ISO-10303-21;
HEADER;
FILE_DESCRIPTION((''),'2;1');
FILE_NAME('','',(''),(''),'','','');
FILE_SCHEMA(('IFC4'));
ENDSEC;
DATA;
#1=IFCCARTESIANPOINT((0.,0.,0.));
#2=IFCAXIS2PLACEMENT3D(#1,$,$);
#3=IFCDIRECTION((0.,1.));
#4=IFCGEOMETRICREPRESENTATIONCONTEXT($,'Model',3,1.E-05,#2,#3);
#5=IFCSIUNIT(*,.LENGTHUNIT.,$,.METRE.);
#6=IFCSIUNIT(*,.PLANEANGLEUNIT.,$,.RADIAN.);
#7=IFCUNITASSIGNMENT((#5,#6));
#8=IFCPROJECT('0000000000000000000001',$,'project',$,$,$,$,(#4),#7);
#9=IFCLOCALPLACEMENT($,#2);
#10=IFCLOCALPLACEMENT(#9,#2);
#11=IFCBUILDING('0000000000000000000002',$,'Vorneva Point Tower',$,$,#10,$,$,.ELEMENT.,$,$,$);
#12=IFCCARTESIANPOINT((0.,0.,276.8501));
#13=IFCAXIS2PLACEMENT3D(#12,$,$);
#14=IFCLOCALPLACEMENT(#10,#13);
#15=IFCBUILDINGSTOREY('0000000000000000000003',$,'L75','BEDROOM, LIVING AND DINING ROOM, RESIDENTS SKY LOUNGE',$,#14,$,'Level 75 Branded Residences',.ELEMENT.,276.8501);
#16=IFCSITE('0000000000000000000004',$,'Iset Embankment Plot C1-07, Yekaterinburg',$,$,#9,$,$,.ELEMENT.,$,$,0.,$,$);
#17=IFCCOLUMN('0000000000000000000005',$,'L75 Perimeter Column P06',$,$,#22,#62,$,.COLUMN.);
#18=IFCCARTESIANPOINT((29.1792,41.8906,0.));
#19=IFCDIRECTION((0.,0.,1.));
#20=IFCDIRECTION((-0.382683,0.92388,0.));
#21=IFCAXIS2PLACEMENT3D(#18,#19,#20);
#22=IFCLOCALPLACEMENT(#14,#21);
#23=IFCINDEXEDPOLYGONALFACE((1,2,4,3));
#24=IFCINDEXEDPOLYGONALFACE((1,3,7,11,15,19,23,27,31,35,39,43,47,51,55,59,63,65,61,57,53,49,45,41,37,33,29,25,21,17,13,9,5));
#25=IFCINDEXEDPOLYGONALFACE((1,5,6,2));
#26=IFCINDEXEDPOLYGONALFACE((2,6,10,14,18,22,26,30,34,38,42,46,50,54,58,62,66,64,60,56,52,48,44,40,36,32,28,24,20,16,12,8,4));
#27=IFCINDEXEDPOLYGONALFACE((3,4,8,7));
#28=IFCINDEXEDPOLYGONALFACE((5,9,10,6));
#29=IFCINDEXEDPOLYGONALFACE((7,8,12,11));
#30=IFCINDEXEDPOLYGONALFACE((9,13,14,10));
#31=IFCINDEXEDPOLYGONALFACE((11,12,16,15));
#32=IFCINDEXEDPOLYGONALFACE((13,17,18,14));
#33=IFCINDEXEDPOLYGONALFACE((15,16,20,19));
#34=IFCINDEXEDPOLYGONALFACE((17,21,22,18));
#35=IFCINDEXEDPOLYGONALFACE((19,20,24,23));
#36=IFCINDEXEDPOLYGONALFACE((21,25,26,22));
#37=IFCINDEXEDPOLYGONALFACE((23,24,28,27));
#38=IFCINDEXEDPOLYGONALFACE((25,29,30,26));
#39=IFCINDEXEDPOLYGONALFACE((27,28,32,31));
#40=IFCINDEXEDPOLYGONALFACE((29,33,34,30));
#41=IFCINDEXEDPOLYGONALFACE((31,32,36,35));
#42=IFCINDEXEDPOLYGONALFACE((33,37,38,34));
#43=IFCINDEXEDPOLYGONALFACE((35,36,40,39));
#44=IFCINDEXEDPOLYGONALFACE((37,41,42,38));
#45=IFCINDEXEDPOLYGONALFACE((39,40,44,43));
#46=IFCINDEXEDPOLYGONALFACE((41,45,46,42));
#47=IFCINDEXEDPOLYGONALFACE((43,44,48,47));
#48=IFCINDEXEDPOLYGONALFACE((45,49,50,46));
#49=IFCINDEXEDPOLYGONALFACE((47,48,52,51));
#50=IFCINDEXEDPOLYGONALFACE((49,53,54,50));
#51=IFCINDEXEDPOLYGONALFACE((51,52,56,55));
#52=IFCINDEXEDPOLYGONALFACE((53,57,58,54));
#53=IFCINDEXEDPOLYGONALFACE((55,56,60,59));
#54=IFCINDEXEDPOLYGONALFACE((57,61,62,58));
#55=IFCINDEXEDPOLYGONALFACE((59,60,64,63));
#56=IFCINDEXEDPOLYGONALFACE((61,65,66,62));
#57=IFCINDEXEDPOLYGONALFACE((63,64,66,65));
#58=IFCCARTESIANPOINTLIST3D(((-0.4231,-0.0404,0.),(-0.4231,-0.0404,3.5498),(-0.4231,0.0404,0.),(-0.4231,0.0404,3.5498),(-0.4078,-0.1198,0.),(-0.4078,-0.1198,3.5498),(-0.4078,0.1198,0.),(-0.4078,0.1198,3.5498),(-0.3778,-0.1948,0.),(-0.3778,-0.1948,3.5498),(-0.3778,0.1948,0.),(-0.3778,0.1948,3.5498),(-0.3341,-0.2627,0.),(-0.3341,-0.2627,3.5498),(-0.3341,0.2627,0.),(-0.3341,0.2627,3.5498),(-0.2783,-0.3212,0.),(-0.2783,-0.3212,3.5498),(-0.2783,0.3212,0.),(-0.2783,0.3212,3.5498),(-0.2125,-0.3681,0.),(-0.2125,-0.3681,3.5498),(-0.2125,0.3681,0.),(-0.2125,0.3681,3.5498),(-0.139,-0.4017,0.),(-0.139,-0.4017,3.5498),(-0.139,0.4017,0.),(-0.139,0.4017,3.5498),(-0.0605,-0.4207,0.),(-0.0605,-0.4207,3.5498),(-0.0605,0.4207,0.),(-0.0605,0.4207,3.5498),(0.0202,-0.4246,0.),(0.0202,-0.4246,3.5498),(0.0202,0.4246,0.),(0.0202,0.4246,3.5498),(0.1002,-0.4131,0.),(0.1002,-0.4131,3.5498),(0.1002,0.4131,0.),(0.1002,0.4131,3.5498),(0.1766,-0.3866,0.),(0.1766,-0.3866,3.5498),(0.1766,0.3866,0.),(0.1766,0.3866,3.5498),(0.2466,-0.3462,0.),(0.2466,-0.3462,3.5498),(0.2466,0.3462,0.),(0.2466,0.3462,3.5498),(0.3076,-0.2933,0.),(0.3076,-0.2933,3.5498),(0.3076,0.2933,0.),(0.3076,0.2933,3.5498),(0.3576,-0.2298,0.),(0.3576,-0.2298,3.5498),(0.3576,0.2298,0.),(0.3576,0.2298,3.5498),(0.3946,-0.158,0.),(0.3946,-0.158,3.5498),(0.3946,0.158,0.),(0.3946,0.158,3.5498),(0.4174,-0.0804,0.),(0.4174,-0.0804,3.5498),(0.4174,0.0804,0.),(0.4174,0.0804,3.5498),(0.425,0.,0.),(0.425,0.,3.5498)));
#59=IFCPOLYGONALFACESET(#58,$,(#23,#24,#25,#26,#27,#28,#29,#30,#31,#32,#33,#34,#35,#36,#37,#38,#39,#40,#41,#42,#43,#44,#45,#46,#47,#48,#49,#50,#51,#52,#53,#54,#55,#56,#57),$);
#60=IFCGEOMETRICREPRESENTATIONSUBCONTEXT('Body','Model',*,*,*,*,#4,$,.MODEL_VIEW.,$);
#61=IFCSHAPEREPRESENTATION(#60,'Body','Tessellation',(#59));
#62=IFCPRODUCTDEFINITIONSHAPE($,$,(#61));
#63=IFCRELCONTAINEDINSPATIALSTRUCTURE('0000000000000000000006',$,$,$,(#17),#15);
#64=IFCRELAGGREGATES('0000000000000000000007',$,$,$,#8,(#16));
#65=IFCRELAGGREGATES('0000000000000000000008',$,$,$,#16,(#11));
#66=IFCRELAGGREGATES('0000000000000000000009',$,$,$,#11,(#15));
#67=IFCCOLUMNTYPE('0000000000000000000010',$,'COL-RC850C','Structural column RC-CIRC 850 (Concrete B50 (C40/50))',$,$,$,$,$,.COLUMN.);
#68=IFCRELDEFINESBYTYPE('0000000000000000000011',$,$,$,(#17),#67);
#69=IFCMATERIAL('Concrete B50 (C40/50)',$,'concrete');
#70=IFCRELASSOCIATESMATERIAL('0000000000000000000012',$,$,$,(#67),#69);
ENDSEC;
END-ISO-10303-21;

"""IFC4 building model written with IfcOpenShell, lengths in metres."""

from ifc_helpers import new_model, si_unit, direction, frame, origin, origin_2d, place, context, subcontext, project, spatial, circle, extrude, material, material_profile, profile_set, type_object, element, save


model = new_model("IFC4")

# Units and contexts
model_context = context("Model", 3, precision=1e-05, world=origin(), true_north=direction((0.0, 1.0)))
body_context = subcontext(model_context, "Body", "Model", "MODEL_VIEW")
ifc_project = project(units=[si_unit("LENGTHUNIT", "METRE"), si_unit("PLANEANGLEUNIT", "RADIAN")], contexts=[model_context])

# Site, building, storey
site_placement = place(None, origin())
site = spatial("IfcSite", under=ifc_project, at=site_placement, Name="Iset Embankment Plot C1-07, Yekaterinburg", CompositionType="ELEMENT", RefElevation=0.0)
building_placement = place(site_placement, origin())
building = spatial("IfcBuilding", under=site, at=building_placement, Name="Vorneva Point Tower", CompositionType="ELEMENT")
storey_placement = place(building_placement, frame((0.0, 0.0, 276.8501)))
storey = spatial("IfcBuildingStorey", under=building, at=storey_placement, Name="L75", Description="BEDROOM, LIVING AND DINING ROOM, RESIDENTS SKY LOUNGE", LongName="Level 75 Branded Residences", CompositionType="ELEMENT", Elevation=276.8501)

# Column
ifc_material_1 = material(Name="Concrete B50 (C40/50)", Category="concrete")
ifc_material_profile_1 = material_profile(ifc_material_1, circle(Radius=0.425, at=origin_2d()), Name="RC-CIRC 850")
ifc_profile_set_1 = profile_set([ifc_material_profile_1], Name="Concrete B50 (C40/50)")
column_type_1 = type_object("IfcColumnType", Name="COL-RC850C", Description="Structural column RC-CIRC 850 (Concrete B50 (C40/50))", PredefinedType="COLUMN", material=ifc_profile_set_1)
column_1_placement = place(storey_placement, frame((29.1792, 41.8906, 0.0), z_axis=(0.0, 0.0, 1.0), x_axis=(-0.382683, 0.92388, 0.0)))
element("IfcColumn", 1, at=column_1_placement, inside=storey, type_object=column_type_1, Name="L75 Perimeter Column P06", PredefinedType="COLUMN", context=body_context, shape_type="SweptSolid", body=[
    extrude(circle(Radius=0.425, at=origin_2d()), origin(), (0.0, 0.0, 1.0), 3.5498),
])

save(model, "model.ifc")
